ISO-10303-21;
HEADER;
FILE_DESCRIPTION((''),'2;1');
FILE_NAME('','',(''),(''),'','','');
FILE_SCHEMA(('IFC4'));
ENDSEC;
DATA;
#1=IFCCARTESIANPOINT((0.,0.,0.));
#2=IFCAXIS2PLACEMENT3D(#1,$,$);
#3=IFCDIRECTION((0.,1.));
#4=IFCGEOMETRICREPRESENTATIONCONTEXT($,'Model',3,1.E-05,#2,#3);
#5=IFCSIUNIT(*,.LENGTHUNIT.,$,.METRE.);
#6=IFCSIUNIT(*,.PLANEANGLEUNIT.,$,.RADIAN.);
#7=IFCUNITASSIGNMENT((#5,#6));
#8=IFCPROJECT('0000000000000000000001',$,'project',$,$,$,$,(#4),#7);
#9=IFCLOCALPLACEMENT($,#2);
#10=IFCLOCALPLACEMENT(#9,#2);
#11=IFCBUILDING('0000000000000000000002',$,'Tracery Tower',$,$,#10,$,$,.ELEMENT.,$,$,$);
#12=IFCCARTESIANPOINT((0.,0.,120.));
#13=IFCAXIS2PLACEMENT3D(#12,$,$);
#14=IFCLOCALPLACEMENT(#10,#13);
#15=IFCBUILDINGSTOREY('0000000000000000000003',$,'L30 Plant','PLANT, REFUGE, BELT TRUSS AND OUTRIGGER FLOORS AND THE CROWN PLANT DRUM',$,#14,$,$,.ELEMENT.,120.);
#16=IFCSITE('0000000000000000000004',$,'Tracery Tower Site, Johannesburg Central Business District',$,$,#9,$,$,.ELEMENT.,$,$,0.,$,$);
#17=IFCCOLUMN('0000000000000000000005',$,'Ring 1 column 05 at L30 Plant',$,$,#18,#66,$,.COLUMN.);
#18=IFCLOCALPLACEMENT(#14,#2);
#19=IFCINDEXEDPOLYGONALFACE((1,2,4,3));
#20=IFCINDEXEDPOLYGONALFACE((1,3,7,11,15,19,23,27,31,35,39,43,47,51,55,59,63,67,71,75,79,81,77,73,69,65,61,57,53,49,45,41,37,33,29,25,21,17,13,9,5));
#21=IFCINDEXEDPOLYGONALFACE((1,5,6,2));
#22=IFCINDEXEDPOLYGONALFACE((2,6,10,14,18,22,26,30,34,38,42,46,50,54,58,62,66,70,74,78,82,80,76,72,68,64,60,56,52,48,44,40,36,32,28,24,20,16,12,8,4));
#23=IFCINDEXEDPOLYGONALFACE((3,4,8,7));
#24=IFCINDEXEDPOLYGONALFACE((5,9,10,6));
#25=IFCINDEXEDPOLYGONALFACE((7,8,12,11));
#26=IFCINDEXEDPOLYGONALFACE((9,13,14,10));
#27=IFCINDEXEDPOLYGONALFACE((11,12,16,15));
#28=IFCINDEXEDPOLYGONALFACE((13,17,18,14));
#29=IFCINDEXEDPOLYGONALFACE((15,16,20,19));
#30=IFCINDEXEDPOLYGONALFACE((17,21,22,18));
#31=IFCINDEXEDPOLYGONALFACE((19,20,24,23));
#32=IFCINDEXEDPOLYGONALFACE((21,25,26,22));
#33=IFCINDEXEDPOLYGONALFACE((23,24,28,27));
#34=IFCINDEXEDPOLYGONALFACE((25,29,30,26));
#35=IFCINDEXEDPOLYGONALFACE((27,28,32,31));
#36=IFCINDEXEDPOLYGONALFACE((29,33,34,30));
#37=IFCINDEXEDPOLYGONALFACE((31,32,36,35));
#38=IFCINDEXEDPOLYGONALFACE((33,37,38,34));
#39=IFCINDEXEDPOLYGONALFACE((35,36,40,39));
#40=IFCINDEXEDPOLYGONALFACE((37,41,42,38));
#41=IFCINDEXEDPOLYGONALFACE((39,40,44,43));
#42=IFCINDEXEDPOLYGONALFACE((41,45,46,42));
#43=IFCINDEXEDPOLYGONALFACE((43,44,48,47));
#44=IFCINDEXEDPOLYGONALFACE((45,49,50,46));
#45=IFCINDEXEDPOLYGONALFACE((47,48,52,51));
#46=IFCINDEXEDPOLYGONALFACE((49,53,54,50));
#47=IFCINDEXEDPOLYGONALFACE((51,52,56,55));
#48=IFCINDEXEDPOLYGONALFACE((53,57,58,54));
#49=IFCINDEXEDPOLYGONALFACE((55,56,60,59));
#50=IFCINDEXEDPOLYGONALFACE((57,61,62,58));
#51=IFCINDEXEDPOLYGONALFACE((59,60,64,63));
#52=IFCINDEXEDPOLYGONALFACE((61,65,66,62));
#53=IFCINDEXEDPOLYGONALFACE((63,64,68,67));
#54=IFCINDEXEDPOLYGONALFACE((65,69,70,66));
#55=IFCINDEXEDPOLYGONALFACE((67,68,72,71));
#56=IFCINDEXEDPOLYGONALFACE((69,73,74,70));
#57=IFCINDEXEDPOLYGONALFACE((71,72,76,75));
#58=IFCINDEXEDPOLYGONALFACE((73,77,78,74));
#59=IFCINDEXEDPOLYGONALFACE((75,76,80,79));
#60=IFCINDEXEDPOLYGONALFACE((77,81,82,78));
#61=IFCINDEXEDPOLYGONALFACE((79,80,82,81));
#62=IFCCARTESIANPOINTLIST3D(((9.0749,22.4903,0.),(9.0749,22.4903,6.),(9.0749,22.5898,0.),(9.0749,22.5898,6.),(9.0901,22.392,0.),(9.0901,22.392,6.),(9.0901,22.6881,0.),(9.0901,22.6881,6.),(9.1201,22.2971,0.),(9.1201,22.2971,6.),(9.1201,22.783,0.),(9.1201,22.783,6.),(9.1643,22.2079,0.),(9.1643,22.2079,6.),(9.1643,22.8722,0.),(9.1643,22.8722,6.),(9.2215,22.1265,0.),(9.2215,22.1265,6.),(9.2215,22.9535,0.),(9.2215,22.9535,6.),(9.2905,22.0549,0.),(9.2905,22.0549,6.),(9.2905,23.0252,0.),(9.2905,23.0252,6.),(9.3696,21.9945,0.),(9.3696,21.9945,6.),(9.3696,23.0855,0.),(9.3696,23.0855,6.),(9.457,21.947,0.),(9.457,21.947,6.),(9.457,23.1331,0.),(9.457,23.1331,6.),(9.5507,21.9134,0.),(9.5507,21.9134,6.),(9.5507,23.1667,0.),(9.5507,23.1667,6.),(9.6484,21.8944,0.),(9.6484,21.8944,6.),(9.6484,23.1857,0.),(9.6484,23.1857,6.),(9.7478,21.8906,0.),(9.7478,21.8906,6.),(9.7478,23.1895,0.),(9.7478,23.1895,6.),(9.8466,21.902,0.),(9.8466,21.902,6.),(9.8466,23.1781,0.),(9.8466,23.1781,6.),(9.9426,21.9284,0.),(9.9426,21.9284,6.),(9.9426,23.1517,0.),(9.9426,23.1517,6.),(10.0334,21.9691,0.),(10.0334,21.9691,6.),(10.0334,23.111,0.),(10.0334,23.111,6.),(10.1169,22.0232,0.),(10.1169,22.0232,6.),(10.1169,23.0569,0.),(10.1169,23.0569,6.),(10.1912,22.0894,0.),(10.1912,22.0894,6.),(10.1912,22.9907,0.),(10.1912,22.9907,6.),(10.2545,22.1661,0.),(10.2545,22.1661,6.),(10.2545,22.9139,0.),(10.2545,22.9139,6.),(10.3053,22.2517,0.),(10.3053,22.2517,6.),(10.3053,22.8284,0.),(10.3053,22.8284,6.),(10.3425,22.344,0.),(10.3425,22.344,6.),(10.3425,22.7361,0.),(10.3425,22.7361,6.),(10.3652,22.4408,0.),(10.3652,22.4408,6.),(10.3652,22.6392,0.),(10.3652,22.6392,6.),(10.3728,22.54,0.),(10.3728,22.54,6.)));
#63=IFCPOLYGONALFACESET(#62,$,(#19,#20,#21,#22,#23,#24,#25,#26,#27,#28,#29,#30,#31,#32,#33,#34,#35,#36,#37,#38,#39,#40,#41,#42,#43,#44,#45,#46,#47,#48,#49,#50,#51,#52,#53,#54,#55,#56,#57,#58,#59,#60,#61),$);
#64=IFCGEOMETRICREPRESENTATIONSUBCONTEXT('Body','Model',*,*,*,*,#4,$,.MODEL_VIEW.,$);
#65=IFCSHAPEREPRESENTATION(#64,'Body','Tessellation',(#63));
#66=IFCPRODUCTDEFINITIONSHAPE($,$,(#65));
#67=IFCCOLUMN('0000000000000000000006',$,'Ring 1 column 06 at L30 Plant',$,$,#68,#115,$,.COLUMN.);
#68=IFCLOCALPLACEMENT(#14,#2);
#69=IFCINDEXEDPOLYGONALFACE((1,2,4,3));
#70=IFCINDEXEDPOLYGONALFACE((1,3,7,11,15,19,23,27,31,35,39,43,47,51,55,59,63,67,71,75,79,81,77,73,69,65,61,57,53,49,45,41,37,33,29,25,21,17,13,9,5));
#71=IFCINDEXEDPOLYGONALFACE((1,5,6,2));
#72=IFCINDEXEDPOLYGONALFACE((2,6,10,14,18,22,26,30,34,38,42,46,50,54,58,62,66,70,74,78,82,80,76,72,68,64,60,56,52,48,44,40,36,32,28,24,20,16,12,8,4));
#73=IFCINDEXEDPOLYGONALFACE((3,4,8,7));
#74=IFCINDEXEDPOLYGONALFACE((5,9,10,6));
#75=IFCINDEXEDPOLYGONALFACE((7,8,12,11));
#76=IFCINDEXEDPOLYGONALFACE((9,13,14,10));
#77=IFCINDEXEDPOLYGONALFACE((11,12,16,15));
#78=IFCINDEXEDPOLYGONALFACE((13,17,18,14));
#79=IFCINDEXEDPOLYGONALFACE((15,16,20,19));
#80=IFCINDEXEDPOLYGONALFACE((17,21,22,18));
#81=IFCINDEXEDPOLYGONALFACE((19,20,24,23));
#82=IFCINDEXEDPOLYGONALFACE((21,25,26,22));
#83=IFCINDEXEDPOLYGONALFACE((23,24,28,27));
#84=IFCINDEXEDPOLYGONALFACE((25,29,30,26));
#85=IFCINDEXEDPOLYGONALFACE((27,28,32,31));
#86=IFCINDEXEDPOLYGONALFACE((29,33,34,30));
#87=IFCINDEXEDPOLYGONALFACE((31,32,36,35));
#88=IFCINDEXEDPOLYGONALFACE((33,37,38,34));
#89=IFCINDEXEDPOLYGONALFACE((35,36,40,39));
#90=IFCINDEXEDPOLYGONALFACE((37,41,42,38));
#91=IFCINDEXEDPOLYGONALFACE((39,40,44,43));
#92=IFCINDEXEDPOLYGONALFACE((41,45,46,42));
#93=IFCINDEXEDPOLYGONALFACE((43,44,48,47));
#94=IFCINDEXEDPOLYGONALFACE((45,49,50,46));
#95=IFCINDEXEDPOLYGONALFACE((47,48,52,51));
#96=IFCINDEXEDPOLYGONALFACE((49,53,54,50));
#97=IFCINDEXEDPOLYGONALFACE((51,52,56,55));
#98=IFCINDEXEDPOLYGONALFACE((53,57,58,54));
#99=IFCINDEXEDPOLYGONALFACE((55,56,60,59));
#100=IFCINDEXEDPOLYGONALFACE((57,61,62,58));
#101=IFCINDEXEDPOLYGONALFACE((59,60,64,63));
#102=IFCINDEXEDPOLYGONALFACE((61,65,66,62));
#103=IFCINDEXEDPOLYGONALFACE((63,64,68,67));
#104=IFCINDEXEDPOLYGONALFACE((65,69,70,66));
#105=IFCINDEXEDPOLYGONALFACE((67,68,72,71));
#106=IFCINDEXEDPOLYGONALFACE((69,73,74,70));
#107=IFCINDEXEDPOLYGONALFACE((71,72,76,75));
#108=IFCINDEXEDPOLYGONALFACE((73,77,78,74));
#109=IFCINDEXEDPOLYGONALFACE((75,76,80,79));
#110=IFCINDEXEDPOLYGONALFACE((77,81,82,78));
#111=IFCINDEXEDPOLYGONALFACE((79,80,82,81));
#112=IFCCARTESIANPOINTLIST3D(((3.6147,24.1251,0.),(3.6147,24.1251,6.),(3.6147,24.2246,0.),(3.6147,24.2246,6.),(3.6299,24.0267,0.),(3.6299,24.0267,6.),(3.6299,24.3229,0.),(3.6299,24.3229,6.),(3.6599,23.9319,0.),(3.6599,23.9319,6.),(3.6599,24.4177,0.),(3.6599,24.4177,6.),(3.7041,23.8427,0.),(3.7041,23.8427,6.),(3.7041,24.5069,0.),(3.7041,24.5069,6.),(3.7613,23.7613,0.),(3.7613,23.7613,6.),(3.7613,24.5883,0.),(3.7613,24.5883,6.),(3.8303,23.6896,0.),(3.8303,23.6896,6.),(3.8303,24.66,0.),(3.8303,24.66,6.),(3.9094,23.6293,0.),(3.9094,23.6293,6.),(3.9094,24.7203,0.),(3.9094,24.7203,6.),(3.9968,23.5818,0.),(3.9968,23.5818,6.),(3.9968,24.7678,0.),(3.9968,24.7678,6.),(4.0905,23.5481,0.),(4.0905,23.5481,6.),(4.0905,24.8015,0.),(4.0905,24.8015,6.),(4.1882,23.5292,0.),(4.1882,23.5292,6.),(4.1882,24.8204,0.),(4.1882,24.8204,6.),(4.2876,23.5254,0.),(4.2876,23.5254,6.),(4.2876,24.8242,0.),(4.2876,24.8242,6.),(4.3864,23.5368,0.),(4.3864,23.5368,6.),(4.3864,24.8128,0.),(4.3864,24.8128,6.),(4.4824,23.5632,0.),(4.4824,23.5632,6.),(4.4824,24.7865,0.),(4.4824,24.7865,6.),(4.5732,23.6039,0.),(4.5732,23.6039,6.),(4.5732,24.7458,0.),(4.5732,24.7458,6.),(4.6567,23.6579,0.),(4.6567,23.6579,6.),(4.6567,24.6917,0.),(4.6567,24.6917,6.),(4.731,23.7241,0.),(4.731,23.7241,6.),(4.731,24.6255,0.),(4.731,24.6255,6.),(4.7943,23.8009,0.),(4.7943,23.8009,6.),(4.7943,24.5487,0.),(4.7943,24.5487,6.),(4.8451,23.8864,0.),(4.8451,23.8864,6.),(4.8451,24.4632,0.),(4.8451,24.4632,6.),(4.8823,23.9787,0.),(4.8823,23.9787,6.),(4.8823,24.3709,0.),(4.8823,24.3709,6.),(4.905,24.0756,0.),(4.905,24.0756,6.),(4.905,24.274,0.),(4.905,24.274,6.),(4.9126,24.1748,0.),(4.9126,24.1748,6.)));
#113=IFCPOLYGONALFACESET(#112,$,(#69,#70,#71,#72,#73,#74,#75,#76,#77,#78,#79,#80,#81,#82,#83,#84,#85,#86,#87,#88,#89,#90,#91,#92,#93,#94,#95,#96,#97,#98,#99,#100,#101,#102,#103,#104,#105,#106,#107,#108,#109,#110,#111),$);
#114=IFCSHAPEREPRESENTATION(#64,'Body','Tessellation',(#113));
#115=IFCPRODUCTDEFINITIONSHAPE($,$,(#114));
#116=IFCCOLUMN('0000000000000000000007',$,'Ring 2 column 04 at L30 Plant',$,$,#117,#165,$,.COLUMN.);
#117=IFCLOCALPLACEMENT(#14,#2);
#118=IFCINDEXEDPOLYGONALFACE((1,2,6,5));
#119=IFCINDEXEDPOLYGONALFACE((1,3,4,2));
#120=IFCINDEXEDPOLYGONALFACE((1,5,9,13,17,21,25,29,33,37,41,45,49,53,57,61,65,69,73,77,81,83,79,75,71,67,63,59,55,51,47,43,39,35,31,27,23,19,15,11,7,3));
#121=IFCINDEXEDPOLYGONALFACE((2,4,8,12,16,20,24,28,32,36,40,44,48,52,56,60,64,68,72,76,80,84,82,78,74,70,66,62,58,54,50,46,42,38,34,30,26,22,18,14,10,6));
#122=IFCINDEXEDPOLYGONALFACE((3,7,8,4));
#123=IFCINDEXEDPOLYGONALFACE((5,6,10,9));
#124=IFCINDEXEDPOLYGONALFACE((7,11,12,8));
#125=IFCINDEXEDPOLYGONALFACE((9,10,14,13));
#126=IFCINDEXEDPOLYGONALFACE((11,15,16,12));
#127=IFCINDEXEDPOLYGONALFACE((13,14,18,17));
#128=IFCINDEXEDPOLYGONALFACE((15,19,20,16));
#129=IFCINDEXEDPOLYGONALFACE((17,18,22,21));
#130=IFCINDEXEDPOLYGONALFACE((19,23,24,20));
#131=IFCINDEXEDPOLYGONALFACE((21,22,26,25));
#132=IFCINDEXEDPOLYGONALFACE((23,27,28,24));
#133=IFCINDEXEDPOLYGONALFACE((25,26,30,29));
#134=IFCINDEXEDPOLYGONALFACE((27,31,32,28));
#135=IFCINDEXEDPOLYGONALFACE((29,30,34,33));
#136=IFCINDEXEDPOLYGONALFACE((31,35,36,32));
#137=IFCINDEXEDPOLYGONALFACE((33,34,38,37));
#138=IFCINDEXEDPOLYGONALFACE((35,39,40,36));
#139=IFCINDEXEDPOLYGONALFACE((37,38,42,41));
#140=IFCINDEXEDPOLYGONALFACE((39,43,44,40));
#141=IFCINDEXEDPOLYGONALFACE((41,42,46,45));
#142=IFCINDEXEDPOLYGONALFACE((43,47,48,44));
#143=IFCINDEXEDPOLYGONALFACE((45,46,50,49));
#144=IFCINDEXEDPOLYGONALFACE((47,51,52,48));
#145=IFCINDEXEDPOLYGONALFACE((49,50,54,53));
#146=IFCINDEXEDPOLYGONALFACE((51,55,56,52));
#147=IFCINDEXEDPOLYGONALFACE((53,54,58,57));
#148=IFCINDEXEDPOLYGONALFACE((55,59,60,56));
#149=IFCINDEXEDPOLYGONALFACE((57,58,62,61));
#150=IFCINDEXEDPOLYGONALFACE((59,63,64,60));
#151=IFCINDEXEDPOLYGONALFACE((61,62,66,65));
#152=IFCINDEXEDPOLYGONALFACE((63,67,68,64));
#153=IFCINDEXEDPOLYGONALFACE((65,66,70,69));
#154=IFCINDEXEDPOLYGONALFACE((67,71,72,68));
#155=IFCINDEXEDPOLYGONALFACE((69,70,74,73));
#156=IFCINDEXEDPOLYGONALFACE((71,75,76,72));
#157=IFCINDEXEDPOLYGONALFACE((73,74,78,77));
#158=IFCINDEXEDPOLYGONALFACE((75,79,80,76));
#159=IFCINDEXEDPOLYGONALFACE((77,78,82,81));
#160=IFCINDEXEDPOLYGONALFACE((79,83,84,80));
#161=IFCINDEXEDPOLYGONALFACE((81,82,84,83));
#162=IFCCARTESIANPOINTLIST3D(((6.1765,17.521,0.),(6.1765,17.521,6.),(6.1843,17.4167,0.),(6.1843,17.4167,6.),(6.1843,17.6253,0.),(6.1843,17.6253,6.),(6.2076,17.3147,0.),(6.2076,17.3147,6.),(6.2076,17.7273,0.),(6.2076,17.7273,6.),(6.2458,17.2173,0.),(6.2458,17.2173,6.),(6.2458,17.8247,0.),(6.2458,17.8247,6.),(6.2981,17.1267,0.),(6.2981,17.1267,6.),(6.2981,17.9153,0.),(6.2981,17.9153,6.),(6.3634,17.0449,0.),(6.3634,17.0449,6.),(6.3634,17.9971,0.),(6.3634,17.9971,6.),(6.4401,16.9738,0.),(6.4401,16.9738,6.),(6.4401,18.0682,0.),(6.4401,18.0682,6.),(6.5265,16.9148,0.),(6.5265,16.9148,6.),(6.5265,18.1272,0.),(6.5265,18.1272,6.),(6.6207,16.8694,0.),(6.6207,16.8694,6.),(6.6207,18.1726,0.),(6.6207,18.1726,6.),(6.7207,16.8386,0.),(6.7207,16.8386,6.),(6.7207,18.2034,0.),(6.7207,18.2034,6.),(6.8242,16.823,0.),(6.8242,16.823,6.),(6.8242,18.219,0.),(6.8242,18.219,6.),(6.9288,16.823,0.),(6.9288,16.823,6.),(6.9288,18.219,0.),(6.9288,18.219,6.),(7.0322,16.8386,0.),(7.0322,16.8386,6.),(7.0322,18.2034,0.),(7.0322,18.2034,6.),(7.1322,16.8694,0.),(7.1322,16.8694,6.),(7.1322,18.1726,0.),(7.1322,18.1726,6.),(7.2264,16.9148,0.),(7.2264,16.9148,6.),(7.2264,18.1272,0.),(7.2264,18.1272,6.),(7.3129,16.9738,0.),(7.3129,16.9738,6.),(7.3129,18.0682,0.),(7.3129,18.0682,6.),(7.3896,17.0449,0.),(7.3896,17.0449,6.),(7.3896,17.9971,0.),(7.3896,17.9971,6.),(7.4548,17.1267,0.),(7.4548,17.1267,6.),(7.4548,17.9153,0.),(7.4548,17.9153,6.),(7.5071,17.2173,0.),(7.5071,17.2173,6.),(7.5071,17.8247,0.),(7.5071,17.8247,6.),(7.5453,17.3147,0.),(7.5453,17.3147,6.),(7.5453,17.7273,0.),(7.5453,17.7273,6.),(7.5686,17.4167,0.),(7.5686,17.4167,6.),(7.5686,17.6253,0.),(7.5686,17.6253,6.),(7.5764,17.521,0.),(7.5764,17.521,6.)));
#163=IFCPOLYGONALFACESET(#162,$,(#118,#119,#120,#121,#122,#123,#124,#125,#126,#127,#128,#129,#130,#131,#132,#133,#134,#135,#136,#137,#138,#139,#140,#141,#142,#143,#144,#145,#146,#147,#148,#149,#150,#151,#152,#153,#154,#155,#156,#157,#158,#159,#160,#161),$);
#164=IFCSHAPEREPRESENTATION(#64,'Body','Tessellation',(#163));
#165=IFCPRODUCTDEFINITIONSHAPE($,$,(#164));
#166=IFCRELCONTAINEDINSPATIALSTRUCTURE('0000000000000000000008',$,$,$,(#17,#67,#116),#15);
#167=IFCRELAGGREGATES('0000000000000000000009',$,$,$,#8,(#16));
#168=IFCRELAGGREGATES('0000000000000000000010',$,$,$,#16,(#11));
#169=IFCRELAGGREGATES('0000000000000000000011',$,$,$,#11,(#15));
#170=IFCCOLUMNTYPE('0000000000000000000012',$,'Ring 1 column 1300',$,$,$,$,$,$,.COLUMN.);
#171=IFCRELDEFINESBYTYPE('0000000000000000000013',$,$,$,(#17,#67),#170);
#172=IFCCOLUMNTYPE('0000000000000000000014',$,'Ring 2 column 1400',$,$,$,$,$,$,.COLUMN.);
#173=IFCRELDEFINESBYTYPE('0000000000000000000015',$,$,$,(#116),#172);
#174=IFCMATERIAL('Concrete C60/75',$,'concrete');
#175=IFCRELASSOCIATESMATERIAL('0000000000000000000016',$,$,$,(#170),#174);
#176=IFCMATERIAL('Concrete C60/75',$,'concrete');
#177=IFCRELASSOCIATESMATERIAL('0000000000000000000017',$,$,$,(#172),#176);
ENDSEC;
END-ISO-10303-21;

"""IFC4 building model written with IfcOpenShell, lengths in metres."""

from ifc_helpers import new_model, si_unit, direction, frame, origin, origin_2d, place, context, subcontext, project, spatial, circle, extrude, material, material_profile, profile_set, type_object, element, save


model = new_model("IFC4")

# Units and contexts
model_context = context("Model", 3, precision=1e-05, world=origin(), true_north=direction((0.0, 1.0)))
body_context = subcontext(model_context, "Body", "Model", "MODEL_VIEW")
ifc_project = project(units=[si_unit("LENGTHUNIT", "METRE"), si_unit("PLANEANGLEUNIT", "RADIAN")], contexts=[model_context])

# Site, building, storey
site_placement = place(None, origin())
site = spatial("IfcSite", under=ifc_project, at=site_placement, Name="Tracery Tower Site, Johannesburg Central Business District", CompositionType="ELEMENT", RefElevation=0.0)
building_placement = place(site_placement, origin())
building = spatial("IfcBuilding", under=site, at=building_placement, Name="Tracery Tower", CompositionType="ELEMENT")
storey_placement = place(building_placement, frame((0.0, 0.0, 120.0)))
storey = spatial("IfcBuildingStorey", under=building, at=storey_placement, Name="L30 Plant", Description="PLANT, REFUGE, BELT TRUSS AND OUTRIGGER FLOORS AND THE CROWN PLANT DRUM", CompositionType="ELEMENT", Elevation=120.0)

# Columns
ifc_material_1 = material(Name="Concrete C60/75", Category="concrete")
ifc_material_profile_1 = material_profile(ifc_material_1, circle(Radius=0.6499, at=origin_2d()), Name="RC D1300")
ifc_profile_set_1 = profile_set([ifc_material_profile_1], Name="Concrete C60/75")
column_type_1 = type_object("IfcColumnType", Name="Ring 1 column 1300", PredefinedType="COLUMN", material=ifc_profile_set_1)
for number, where, z_axis, x_axis, name in (
    (1, (9.7229, 22.54, 0.0), (0.0, 0.0, 1.0), (1.0, 0.0, 0.0), "Ring 1 column 05 at L30 Plant"),
    (2, (4.2627, 24.1748, 0.0), (0.0, 0.0, 1.0), (1.0, 0.0, 0.0), "Ring 1 column 06 at L30 Plant"),
):
    element("IfcColumn", number, at=place(storey_placement, frame(where, z_axis=z_axis, x_axis=x_axis)), inside=storey, type_object=column_type_1, Name=name, PredefinedType="COLUMN", context=body_context, shape_type="SweptSolid", body=[
        extrude(circle(Radius=0.6499, at=origin_2d()), origin(), (0.0, 0.0, 1.0), 6.0),
    ])
ifc_material_2 = material(Name="Concrete C60/75", Category="concrete")
ifc_material_profile_2 = material_profile(ifc_material_2, circle(Radius=0.7, at=origin_2d()), Name="RC D1400")
ifc_profile_set_2 = profile_set([ifc_material_profile_2], Name="Concrete C60/75")
column_type_2 = type_object("IfcColumnType", Name="Ring 2 column 1400", PredefinedType="COLUMN", material=ifc_profile_set_2)
for number, where, z_axis, x_axis, name in (
    (3, (6.8765, 17.521, 0.0), (0.0, 0.0, 1.0), (1.0, 0.0, 0.0), "Ring 2 column 04 at L30 Plant"),
):
    element("IfcColumn", number, at=place(storey_placement, frame(where, z_axis=z_axis, x_axis=x_axis)), inside=storey, type_object=column_type_2, Name=name, PredefinedType="COLUMN", context=body_context, shape_type="SweptSolid", body=[
        extrude(circle(Radius=0.7, at=origin_2d()), origin(), (0.0, 0.0, 1.0), 6.0),
    ])

save(model, "model.ifc")
